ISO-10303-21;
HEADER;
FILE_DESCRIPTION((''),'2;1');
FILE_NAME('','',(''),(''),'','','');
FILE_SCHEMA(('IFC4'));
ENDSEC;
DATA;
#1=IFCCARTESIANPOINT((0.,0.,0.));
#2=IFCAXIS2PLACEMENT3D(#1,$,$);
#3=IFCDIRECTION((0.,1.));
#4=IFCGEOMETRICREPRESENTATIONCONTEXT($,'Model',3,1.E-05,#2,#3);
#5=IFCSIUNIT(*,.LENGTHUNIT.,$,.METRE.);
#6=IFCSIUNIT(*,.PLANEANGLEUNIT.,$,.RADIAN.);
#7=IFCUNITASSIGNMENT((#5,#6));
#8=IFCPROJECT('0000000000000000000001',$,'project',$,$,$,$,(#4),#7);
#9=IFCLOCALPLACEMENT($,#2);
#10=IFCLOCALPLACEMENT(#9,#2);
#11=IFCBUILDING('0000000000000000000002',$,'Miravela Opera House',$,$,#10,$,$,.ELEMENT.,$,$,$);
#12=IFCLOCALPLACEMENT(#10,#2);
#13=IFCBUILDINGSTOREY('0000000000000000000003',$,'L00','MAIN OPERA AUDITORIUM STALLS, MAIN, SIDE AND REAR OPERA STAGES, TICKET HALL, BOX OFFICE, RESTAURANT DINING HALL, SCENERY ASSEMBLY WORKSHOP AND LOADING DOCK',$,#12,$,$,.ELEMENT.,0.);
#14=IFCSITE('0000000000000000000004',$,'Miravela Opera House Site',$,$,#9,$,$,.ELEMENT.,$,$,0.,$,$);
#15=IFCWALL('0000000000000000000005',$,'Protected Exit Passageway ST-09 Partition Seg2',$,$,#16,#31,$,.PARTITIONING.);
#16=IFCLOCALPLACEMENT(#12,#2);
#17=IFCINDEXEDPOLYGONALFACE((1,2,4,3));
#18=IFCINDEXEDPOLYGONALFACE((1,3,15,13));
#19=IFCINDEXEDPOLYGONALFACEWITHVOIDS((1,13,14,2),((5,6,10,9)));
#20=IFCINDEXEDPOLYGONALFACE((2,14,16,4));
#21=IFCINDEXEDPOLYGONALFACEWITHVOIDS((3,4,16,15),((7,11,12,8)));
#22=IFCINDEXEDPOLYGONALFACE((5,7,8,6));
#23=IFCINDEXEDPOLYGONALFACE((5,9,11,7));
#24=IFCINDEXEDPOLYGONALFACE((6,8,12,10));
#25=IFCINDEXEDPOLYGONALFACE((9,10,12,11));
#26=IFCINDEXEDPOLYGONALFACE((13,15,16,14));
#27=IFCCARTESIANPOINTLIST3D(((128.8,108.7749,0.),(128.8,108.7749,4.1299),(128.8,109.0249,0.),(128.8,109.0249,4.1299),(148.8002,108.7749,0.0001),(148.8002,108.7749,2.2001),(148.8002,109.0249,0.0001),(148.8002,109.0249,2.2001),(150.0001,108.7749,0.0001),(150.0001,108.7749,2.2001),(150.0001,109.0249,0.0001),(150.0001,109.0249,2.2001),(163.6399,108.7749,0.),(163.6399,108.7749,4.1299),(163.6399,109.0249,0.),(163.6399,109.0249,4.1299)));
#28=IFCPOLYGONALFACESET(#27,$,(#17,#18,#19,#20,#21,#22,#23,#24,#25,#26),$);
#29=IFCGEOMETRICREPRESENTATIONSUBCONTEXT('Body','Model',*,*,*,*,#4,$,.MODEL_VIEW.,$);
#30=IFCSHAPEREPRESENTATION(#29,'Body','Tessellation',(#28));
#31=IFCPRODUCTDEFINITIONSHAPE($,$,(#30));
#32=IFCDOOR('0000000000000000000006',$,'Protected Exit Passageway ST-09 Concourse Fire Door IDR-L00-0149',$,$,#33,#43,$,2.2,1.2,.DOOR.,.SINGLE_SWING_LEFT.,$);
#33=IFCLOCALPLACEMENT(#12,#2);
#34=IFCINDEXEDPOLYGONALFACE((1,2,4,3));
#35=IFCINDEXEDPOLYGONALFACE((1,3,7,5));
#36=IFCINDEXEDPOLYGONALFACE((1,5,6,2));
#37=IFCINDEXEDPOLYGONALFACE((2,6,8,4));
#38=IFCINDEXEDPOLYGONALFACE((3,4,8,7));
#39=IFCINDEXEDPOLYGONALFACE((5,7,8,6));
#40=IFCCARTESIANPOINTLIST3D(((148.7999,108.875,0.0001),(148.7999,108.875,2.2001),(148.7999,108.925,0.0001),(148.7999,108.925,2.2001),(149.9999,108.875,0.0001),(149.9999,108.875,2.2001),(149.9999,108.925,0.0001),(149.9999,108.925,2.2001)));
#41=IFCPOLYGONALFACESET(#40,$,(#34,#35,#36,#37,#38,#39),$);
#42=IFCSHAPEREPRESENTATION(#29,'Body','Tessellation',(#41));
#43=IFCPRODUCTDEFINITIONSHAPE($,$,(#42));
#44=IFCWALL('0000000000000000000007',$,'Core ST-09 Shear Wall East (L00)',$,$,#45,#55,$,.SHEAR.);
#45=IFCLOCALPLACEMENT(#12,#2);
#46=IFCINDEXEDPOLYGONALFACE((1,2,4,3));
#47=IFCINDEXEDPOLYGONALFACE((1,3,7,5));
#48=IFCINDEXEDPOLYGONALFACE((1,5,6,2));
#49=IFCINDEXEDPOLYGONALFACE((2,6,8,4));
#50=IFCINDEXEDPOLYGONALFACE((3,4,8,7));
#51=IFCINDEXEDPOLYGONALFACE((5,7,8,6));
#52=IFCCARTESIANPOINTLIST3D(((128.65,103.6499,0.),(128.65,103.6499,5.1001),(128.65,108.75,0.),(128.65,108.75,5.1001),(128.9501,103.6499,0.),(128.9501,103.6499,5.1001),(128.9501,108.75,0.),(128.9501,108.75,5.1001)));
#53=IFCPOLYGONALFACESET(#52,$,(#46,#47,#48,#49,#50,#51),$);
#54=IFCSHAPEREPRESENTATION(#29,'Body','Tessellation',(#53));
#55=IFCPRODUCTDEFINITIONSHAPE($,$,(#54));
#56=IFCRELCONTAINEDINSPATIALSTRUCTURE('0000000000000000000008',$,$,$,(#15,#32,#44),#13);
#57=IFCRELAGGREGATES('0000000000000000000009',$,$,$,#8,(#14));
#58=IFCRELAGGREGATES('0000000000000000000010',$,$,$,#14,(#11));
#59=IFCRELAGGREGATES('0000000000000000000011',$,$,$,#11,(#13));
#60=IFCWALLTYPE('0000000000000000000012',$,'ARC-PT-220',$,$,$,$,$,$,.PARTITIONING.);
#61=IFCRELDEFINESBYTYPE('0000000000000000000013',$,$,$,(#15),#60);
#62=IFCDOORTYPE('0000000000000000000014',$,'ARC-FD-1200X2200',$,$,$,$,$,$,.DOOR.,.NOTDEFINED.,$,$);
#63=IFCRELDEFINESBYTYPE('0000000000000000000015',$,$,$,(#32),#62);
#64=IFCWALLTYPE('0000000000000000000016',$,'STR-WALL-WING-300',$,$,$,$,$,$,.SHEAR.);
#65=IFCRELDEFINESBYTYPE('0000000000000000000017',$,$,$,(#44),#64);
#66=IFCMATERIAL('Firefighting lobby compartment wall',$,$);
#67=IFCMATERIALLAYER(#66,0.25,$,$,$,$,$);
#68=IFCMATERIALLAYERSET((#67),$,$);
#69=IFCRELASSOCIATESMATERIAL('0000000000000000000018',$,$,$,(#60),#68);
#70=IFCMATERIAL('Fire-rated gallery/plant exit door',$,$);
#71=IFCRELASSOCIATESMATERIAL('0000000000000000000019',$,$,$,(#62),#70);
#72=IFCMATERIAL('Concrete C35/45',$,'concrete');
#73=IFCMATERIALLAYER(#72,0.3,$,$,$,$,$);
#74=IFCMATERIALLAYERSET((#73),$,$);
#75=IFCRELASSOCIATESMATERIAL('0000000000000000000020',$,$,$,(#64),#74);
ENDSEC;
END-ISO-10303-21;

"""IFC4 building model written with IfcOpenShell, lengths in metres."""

from ifc_helpers import new_model, si_unit, direction, frame, frame_2d, origin, place, context, subcontext, project, spatial, rectangle, extrude, material, layer, layer_set, type_object, element, fill, save


model = new_model("IFC4")

# Units and contexts
model_context = context("Model", 3, precision=1e-05, world=origin(), true_north=direction((0.0, 1.0)))
body_context = subcontext(model_context, "Body", "Model", "MODEL_VIEW")
ifc_project = project(units=[si_unit("LENGTHUNIT", "METRE"), si_unit("PLANEANGLEUNIT", "RADIAN")], contexts=[model_context])

# Site, building, storey
site_placement = place(None, origin())
site = spatial("IfcSite", under=ifc_project, at=site_placement, Name="Miravela Opera House Site", CompositionType="ELEMENT", RefElevation=0.0)
building_placement = place(site_placement, origin())
building = spatial("IfcBuilding", under=site, at=building_placement, Name="Miravela Opera House", CompositionType="ELEMENT")
storey_placement = place(building_placement, origin())
storey = spatial("IfcBuildingStorey", under=building, at=storey_placement, Name="L00", Description="MAIN OPERA AUDITORIUM STALLS, MAIN, SIDE AND REAR OPERA STAGES, TICKET HALL, BOX OFFICE, RESTAURANT DINING HALL, SCENERY ASSEMBLY WORKSHOP AND LOADING DOCK", CompositionType="ELEMENT", Elevation=0.0)

# Shared definitions
ifc_material_1 = material(Name="Concrete C35/45", Category="concrete")

# Wall, opening, door
ifc_material_2 = material(Name="Firefighting lobby compartment wall")
ifc_layer_1 = layer(ifc_material_2, 0.25)
ifc_layer_set_1 = layer_set([ifc_layer_1])
wall_type_1 = type_object("IfcWallType", Name="ARC-PT-220", PredefinedType="PARTITIONING", material=ifc_layer_set_1)
wall_1_placement = place(storey_placement, frame((128.8, 108.8999, 0.0), z_axis=(0.0, 0.0, 1.0), x_axis=(1.0, 0.0, 0.0)))
wall_1 = element("IfcWall", 1, at=wall_1_placement, inside=storey, type_object=wall_type_1, Name="Protected Exit Passageway ST-09 Partition Seg2", PredefinedType="PARTITIONING", context=body_context, shape_type="SweptSolid", body=[
    extrude(rectangle(XDim=34.8398, YDim=0.25, at=frame_2d((17.4199, 0.0))), origin(), (0.0, 0.0, 1.0), 4.1299),
])
opening_1_placement = place(wall_1_placement, frame((20.0, 0.0, 0.0)))
opening_1 = element("IfcOpeningElement", 2, at=opening_1_placement, cuts=wall_1, PredefinedType="OPENING", context=body_context, shape_type="SweptSolid", body=[
    extrude(rectangle(XDim=1.2, YDim=2.2, at=frame_2d((0.6001, 1.1001))), frame((0.0, 0.135, 0.0), z_axis=(0.0, -1.0, 0.0), x_axis=(1.0, 0.0, 0.0)), (0.0, 0.0, 1.0), 0.27),
])
ifc_material_3 = material(Name="Fire-rated gallery/plant exit door")
door_type_1 = type_object("IfcDoorType", Name="ARC-FD-1200X2200", OperationType="NOTDEFINED", PredefinedType="DOOR", material=ifc_material_3)
door_1_placement = place(opening_1_placement, frame((1.2, 0.0, 0.0), z_axis=(0.0, 0.0, 1.0), x_axis=(-1.0, 0.0, 0.0)))
door_1 = element("IfcDoor", 3, at=door_1_placement, inside=storey, type_object=door_type_1, Name="Protected Exit Passageway ST-09 Concourse Fire Door IDR-L00-0149", OperationType="SINGLE_SWING_LEFT", OverallHeight=2.2, OverallWidth=1.2, PredefinedType="DOOR", context=body_context, shape_type="SweptSolid", body=[
    extrude(rectangle(XDim=1.2, YDim=2.2, at=frame_2d((0.6001, 1.1001))), frame((0.0, 0.0249, 0.0), z_axis=(0.0, -1.0, 0.0), x_axis=(1.0, 0.0, 0.0)), (0.0, 0.0, 1.0), 0.05),
])
fill(opening_1, door_1)

# Wall
ifc_layer_2 = layer(ifc_material_1, 0.3)
ifc_layer_set_2 = layer_set([ifc_layer_2])
wall_type_2 = type_object("IfcWallType", Name="STR-WALL-WING-300", PredefinedType="SHEAR", material=ifc_layer_set_2)
wall_2_placement = place(storey_placement, frame((128.8, 103.6499, 0.0), z_axis=(0.0, 0.0, 1.0), x_axis=(0.0, 1.0, 0.0)))
element("IfcWall", 4, at=wall_2_placement, inside=storey, type_object=wall_type_2, Name="Core ST-09 Shear Wall East (L00)", PredefinedType="SHEAR", context=body_context, shape_type="SweptSolid", body=[
    extrude(rectangle(XDim=5.1001, YDim=0.3, at=frame_2d((2.55, 0.0))), origin(), (0.0, 0.0, 1.0), 5.1001),
])

save(model, "model.ifc")
